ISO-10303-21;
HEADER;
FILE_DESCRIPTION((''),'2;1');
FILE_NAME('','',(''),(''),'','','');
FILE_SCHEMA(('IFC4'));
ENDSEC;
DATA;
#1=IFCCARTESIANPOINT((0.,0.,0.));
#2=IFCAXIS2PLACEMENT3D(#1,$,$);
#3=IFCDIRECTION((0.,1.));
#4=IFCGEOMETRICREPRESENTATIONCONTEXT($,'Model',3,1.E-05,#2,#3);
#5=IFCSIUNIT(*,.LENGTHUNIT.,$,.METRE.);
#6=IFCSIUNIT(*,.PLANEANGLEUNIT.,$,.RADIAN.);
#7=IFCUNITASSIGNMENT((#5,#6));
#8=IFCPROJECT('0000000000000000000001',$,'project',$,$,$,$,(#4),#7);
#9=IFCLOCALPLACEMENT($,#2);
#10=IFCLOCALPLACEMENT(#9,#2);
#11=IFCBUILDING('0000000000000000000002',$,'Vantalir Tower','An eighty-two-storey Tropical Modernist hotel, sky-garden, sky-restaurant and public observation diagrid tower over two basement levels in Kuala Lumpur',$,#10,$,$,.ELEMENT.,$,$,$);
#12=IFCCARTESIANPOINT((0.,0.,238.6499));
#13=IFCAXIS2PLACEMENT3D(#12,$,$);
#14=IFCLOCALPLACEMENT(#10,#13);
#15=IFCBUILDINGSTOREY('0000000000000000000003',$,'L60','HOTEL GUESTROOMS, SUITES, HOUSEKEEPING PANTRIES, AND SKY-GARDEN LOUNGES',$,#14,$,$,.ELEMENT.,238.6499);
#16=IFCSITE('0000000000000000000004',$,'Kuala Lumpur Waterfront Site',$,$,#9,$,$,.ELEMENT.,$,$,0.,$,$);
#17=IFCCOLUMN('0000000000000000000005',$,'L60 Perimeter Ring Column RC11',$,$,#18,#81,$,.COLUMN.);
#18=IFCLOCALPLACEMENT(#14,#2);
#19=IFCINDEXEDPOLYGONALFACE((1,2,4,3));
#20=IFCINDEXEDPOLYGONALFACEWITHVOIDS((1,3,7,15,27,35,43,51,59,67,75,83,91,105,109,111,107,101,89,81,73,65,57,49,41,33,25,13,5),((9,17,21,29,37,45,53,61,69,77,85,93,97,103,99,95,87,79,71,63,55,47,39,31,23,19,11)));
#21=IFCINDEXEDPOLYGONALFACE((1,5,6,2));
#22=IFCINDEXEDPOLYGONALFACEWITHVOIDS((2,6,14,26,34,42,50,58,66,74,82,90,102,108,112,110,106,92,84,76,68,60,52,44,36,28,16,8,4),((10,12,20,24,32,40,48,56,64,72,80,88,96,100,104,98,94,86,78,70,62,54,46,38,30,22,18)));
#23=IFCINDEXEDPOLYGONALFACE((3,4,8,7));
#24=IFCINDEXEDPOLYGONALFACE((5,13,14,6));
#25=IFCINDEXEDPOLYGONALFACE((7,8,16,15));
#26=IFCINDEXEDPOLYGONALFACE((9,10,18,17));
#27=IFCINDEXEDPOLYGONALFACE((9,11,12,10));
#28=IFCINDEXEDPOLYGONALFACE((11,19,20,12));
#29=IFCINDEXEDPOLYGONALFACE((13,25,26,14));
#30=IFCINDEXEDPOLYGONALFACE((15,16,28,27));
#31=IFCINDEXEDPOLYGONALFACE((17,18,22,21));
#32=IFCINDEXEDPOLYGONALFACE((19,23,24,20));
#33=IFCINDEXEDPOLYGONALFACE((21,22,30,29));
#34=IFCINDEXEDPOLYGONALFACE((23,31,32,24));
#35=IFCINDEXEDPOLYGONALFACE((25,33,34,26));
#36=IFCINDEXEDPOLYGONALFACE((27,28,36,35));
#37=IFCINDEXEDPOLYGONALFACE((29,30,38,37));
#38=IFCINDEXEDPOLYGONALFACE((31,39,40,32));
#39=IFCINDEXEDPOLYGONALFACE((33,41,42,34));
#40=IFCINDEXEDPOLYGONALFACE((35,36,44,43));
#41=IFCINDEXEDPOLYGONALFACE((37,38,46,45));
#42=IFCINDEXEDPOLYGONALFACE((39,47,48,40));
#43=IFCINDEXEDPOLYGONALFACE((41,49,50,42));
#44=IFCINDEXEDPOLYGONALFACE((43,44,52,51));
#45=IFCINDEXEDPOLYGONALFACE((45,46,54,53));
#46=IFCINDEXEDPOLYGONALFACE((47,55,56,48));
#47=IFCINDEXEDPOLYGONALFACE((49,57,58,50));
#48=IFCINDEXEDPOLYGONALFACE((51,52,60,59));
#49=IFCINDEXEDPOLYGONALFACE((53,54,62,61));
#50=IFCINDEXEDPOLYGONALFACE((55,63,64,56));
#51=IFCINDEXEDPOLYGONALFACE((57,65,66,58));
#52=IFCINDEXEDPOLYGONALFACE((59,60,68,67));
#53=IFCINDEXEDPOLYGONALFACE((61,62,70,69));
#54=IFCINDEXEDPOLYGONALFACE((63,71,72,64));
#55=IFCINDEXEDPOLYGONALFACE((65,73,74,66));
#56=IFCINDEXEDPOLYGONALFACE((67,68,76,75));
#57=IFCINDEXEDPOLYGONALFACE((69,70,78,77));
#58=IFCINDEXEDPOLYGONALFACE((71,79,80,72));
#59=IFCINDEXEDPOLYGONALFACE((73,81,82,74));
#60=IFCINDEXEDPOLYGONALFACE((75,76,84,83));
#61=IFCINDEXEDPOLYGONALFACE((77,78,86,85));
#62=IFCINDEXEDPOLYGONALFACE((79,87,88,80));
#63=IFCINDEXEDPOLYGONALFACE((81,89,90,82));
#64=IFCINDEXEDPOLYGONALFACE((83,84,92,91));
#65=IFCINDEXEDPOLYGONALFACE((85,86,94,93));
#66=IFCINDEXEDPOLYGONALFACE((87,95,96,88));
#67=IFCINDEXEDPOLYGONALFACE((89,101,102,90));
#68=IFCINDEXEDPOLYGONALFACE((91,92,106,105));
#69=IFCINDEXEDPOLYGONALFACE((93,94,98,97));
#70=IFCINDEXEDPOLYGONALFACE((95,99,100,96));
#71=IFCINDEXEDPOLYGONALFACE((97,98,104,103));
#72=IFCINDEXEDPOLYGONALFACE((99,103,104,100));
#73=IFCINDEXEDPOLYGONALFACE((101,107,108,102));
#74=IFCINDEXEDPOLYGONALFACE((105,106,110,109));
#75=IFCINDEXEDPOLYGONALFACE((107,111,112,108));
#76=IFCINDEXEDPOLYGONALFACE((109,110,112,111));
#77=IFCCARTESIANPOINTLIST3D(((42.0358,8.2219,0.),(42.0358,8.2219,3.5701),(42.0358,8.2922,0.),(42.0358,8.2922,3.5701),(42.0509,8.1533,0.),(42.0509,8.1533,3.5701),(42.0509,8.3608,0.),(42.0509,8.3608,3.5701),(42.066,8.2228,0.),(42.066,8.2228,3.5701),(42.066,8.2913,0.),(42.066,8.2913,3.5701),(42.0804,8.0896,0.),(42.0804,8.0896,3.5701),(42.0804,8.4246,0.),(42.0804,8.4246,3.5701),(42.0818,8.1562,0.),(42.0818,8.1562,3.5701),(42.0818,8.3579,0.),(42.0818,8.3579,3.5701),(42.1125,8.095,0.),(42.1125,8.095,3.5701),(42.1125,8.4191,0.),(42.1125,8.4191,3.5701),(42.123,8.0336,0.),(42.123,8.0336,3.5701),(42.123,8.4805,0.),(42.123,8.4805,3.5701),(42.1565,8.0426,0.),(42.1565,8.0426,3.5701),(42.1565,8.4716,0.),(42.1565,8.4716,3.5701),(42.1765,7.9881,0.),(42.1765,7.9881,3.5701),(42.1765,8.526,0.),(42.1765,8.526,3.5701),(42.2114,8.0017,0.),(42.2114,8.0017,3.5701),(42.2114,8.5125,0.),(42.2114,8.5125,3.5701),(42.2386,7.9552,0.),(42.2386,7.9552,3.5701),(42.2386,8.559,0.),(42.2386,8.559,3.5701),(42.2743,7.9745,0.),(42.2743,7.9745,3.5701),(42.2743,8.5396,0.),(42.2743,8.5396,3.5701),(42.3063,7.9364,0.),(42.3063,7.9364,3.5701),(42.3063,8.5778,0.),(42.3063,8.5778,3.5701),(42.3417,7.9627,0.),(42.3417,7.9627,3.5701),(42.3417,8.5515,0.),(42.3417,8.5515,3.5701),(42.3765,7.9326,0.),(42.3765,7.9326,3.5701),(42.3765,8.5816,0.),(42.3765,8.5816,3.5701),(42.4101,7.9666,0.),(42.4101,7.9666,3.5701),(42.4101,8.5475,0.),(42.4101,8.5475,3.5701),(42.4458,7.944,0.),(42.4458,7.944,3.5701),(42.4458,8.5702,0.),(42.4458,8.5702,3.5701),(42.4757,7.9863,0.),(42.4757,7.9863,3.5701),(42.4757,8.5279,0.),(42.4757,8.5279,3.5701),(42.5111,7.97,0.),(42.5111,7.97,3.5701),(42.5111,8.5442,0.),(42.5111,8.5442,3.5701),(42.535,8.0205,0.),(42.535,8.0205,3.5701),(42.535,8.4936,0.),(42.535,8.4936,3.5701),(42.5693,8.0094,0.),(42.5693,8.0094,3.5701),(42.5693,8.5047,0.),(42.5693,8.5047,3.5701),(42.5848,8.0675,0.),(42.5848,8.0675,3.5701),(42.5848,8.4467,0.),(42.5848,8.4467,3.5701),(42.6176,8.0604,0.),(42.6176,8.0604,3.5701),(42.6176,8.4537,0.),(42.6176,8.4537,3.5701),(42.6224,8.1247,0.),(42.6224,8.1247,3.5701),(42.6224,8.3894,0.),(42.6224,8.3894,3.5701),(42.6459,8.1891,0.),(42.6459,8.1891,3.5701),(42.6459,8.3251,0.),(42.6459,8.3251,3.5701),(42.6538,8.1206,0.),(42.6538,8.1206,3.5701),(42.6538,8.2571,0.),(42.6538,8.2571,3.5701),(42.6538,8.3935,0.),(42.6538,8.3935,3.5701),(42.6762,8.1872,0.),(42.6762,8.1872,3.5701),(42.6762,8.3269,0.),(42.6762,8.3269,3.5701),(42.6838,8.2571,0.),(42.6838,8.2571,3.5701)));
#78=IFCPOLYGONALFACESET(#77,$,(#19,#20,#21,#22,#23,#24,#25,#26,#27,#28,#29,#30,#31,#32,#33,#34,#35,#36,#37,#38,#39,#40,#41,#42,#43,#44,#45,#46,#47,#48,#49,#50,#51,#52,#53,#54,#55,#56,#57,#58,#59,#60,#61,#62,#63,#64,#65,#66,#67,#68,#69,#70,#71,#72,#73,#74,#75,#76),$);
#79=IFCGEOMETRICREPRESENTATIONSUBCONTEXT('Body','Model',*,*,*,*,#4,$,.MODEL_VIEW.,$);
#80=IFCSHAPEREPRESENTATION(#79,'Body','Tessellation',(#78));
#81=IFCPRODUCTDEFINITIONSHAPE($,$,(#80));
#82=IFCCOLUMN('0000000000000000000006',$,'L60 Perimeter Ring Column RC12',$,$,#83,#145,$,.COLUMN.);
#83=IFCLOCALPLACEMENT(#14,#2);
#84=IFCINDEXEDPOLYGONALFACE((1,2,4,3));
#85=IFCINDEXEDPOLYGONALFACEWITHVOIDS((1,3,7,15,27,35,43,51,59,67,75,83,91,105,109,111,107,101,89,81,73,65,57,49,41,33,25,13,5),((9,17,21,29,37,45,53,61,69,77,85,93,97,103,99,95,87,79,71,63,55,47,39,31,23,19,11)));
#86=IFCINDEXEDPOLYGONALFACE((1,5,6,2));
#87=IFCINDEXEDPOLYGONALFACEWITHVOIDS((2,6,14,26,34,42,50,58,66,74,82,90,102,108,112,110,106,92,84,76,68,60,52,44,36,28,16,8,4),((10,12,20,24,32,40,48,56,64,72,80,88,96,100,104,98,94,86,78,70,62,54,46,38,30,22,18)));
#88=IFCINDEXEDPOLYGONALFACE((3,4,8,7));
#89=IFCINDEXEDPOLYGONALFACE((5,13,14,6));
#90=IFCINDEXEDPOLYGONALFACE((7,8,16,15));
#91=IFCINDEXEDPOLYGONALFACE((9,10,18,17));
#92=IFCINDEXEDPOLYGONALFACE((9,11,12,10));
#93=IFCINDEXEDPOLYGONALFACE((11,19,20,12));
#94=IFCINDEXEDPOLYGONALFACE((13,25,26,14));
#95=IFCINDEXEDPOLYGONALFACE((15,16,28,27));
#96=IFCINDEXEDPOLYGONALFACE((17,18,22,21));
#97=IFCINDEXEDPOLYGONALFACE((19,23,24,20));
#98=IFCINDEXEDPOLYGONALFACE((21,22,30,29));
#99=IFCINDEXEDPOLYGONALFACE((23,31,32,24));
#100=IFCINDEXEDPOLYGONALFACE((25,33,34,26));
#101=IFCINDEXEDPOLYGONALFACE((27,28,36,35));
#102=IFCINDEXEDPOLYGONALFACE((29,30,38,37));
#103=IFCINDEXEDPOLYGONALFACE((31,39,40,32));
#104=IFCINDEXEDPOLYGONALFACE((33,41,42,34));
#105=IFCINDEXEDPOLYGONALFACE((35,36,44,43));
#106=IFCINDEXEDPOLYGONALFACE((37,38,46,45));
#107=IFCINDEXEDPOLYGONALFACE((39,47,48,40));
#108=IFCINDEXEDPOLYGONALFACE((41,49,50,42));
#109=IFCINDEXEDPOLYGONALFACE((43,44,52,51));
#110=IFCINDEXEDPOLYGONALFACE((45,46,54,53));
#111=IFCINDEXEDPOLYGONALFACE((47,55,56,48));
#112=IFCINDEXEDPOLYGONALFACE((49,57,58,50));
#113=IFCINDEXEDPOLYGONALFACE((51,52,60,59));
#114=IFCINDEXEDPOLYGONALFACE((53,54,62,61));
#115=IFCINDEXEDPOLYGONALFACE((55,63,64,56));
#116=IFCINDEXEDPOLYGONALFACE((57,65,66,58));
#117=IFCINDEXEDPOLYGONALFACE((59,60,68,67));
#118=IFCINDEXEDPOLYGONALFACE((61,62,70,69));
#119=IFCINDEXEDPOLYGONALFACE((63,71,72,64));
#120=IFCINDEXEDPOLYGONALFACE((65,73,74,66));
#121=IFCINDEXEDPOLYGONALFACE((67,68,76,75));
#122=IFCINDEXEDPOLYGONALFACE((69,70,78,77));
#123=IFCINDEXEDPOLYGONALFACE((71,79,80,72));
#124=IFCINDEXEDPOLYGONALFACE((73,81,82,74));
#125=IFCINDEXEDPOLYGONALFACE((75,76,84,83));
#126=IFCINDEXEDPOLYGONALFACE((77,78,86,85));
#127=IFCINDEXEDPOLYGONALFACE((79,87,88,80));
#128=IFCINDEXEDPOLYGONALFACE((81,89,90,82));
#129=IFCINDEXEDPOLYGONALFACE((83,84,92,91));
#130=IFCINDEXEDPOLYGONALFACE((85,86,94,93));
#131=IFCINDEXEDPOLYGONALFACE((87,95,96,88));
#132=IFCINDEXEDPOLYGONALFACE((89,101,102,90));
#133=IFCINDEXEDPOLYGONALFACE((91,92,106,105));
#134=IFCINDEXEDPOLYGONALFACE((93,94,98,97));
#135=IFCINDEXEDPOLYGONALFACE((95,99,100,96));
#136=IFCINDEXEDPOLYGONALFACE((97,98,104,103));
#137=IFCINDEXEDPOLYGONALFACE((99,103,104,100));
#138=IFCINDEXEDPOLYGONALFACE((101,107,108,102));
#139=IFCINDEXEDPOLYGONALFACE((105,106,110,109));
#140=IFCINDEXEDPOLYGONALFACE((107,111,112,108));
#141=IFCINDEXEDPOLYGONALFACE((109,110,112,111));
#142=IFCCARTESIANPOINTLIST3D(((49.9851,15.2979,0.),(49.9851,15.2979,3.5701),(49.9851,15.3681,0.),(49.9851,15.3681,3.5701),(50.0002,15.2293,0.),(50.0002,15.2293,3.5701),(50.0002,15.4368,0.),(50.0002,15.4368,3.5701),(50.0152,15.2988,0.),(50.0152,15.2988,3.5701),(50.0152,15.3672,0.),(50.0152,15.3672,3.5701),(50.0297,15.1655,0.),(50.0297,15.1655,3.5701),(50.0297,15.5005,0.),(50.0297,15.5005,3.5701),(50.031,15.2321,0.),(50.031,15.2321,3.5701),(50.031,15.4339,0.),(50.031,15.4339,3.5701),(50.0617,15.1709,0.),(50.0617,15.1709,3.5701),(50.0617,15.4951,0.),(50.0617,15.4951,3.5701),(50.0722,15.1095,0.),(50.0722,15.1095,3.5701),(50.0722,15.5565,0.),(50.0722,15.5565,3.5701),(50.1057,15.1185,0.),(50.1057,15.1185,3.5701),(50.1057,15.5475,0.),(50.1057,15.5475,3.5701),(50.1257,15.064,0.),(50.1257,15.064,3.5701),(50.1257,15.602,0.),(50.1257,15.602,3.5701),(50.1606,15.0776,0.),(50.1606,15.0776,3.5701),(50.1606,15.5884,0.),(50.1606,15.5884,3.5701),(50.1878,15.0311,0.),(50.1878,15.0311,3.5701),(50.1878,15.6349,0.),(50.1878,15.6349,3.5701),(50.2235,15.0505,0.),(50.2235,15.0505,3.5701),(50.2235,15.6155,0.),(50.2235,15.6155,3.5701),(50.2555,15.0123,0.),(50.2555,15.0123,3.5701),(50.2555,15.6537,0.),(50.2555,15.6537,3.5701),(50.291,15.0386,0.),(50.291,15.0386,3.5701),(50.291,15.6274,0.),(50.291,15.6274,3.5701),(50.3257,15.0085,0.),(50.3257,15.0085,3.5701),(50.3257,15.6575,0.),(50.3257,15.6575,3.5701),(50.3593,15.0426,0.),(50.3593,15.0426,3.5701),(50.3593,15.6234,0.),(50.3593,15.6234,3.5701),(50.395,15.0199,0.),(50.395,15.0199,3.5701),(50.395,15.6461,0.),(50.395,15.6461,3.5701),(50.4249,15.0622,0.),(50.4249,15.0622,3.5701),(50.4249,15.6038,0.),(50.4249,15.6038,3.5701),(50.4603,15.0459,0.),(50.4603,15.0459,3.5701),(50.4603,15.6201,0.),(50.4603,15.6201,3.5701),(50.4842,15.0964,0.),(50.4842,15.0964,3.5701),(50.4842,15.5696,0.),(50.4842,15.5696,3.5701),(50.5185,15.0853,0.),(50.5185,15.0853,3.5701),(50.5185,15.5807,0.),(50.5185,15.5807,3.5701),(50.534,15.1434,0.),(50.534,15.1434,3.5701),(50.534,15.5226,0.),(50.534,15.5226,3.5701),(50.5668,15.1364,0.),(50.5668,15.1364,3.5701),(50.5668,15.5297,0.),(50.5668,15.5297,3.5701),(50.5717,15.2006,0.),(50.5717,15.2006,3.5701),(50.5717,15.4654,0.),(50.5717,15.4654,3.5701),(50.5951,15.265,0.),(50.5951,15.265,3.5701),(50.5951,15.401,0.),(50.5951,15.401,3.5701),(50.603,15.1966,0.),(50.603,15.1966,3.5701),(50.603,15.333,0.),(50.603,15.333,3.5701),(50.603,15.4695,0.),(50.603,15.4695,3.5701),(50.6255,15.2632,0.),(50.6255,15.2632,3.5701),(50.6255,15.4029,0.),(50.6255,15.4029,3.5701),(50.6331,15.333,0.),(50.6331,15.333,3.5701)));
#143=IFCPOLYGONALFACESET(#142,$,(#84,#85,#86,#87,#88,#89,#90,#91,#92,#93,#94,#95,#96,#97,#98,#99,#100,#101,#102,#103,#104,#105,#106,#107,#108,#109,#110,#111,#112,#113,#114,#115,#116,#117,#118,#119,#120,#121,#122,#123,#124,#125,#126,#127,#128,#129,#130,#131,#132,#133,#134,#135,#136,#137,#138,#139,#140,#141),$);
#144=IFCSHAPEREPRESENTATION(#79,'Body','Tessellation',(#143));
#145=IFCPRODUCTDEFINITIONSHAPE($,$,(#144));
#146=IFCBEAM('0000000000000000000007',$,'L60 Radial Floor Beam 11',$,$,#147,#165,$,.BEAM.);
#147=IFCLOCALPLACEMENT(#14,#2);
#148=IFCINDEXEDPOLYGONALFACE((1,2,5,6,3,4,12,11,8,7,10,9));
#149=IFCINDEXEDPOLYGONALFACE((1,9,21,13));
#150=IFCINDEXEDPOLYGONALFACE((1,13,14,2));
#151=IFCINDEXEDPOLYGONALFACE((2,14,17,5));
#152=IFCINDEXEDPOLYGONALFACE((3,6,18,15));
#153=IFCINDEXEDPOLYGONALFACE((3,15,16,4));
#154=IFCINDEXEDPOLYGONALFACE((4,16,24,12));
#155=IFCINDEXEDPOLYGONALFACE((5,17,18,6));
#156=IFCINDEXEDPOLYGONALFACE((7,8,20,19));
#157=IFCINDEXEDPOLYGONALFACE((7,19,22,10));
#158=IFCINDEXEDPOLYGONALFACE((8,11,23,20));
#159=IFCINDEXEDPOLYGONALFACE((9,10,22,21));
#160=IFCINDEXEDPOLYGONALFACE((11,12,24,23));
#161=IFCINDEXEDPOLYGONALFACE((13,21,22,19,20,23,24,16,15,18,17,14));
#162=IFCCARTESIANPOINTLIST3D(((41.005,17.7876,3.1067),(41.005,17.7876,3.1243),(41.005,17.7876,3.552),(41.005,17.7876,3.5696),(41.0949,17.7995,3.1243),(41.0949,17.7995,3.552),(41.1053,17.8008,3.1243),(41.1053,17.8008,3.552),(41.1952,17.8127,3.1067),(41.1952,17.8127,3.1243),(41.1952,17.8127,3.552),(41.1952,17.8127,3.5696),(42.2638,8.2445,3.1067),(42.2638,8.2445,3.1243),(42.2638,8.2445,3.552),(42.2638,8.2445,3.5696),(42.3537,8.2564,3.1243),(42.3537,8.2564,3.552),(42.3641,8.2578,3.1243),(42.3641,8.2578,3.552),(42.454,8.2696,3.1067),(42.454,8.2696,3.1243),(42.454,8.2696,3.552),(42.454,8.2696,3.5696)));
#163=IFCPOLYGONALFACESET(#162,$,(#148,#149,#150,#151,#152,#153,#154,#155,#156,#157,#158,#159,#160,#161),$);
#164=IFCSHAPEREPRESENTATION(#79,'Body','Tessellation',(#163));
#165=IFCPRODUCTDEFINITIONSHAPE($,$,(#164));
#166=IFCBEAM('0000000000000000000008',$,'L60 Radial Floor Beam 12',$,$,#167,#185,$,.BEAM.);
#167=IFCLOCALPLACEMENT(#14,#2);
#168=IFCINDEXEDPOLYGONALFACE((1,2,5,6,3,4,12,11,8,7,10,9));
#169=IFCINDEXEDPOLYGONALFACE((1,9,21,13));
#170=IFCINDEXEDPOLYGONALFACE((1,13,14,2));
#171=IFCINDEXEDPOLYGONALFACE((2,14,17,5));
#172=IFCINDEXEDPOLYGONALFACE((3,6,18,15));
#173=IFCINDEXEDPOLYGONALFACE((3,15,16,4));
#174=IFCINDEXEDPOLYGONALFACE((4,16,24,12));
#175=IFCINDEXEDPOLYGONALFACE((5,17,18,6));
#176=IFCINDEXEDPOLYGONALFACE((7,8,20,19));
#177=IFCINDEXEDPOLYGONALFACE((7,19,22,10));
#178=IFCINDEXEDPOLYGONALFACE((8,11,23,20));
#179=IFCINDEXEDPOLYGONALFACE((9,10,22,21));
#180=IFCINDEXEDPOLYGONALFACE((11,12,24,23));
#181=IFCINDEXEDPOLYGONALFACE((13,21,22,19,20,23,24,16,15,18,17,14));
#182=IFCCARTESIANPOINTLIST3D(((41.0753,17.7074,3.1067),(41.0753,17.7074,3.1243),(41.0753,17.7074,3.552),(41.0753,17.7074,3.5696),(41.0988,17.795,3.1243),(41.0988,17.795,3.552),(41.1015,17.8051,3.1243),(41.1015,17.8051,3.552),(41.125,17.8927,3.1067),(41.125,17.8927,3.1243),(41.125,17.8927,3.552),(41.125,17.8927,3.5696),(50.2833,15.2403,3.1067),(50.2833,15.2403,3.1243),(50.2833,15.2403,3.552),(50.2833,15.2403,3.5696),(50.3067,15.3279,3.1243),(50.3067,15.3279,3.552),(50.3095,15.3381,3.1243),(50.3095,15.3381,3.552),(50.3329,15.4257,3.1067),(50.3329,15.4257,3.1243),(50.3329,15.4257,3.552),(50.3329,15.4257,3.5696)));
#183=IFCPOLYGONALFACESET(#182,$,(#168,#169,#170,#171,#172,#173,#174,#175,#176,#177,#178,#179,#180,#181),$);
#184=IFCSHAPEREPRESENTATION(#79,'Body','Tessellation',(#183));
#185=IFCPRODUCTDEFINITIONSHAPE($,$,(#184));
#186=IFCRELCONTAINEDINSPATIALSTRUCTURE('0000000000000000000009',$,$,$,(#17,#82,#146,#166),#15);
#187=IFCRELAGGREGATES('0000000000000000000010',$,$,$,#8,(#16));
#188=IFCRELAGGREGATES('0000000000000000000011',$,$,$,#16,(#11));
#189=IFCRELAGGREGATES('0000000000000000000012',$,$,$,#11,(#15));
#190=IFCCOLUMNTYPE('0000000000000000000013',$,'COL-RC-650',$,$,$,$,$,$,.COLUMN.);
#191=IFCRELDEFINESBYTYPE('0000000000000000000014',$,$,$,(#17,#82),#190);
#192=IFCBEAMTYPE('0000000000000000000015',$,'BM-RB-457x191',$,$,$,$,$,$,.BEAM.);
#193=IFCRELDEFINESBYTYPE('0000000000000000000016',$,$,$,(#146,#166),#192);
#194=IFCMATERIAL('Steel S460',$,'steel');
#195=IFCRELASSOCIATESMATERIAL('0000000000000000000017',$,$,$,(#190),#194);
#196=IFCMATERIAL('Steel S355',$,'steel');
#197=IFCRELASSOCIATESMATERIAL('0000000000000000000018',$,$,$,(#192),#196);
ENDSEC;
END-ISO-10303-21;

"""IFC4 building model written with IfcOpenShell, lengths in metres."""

from ifc_helpers import new_model, si_unit, direction, frame, origin, origin_2d, place, context, subcontext, project, spatial, hollow_circle, i_section, extrude, material, material_profile, profile_set, type_object, element, save


model = new_model("IFC4")

# Units and contexts
model_context = context("Model", 3, precision=1e-05, world=origin(), true_north=direction((0.0, 1.0)))
body_context = subcontext(model_context, "Body", "Model", "MODEL_VIEW")
ifc_project = project(units=[si_unit("LENGTHUNIT", "METRE"), si_unit("PLANEANGLEUNIT", "RADIAN")], contexts=[model_context])

# Site, building, storey
site_placement = place(None, origin())
site = spatial("IfcSite", under=ifc_project, at=site_placement, Name="Kuala Lumpur Waterfront Site", CompositionType="ELEMENT", RefElevation=0.0)
building_placement = place(site_placement, origin())
building = spatial("IfcBuilding", under=site, at=building_placement, Name="Vantalir Tower", Description="An eighty-two-storey Tropical Modernist hotel, sky-garden, sky-restaurant and public observation diagrid tower over two basement levels in Kuala Lumpur", CompositionType="ELEMENT")
storey_placement = place(building_placement, frame((0.0, 0.0, 238.6499)))
storey = spatial("IfcBuildingStorey", under=building, at=storey_placement, Name="L60", Description="HOTEL GUESTROOMS, SUITES, HOUSEKEEPING PANTRIES, AND SKY-GARDEN LOUNGES", CompositionType="ELEMENT", Elevation=238.6499)

# Columns
ifc_material_1 = material(Name="Steel S460", Category="steel")
ifc_material_profile_1 = material_profile(ifc_material_1, hollow_circle(Radius=0.325, WallThickness=0.03, at=origin_2d()), Name="Steel S460")
ifc_profile_set_1 = profile_set([ifc_material_profile_1], Name="Steel S460")
column_type = type_object("IfcColumnType", Name="COL-RC-650", PredefinedType="COLUMN", material=ifc_profile_set_1)
for number, where, z_axis, x_axis, name in (
    (1, (42.3589, 8.2571, 0.0), (0.0, 0.0, 1.0), (1.0, 0.0, 0.0), "L60 Perimeter Ring Column RC11"),
    (2, (50.3081, 15.333, 0.0), (0.0, 0.0, 1.0), (1.0, 0.0, 0.0), "L60 Perimeter Ring Column RC12"),
):
    element("IfcColumn", number, at=place(storey_placement, frame(where, z_axis=z_axis, x_axis=x_axis)), inside=storey, type_object=column_type, Name=name, PredefinedType="COLUMN", context=body_context, shape_type="SweptSolid", body=[
        extrude(hollow_circle(Radius=0.325, WallThickness=0.03, at=origin_2d()), origin(), (0.0, 0.0, 1.0), 3.5701),
    ])

# Beams
ifc_material_2 = material(Name="Steel S355", Category="steel")
ifc_material_profile_2 = material_profile(ifc_material_2, i_section(OverallWidth=0.1919, OverallDepth=0.4629, WebThickness=0.0105, FlangeThickness=0.0176, at=origin_2d()), Name="Steel S355")
ifc_profile_set_2 = profile_set([ifc_material_profile_2], Name="Steel S355")
beam_type_1 = type_object("IfcBeamType", Name="BM-RB-457x191", PredefinedType="BEAM", material=ifc_profile_set_2)
beam_1_placement = place(storey_placement, frame((42.3589, 8.2571, 3.3381), z_axis=(-0.130775, 0.991412, 0.0), x_axis=(-0.991412, -0.130775, 0.0)))
element("IfcBeam", 3, at=beam_1_placement, inside=storey, type_object=beam_type_1, Name="L60 Radial Floor Beam 11", PredefinedType="BEAM", context=body_context, shape_type="SweptSolid", body=[
    extrude(i_section(OverallWidth=0.1919, OverallDepth=0.4629, WebThickness=0.0105, FlangeThickness=0.0176, at=origin_2d()), origin(), (0.0, 0.0, 1.0), 9.6257),
])
beam_2_placement = place(storey_placement, frame((50.3081, 15.333, 3.3381), z_axis=(-0.965932, 0.258796, 0.0), x_axis=(-0.258796, -0.965932, 0.0)))
element("IfcBeam", 4, at=beam_2_placement, inside=storey, type_object=beam_type_1, Name="L60 Radial Floor Beam 12", PredefinedType="BEAM", context=body_context, shape_type="SweptSolid", body=[
    extrude(i_section(OverallWidth=0.1919, OverallDepth=0.4629, WebThickness=0.0105, FlangeThickness=0.0176, at=origin_2d()), origin(), (0.0, 0.0, 1.0), 9.5327),
])

save(model, "model.ifc")
